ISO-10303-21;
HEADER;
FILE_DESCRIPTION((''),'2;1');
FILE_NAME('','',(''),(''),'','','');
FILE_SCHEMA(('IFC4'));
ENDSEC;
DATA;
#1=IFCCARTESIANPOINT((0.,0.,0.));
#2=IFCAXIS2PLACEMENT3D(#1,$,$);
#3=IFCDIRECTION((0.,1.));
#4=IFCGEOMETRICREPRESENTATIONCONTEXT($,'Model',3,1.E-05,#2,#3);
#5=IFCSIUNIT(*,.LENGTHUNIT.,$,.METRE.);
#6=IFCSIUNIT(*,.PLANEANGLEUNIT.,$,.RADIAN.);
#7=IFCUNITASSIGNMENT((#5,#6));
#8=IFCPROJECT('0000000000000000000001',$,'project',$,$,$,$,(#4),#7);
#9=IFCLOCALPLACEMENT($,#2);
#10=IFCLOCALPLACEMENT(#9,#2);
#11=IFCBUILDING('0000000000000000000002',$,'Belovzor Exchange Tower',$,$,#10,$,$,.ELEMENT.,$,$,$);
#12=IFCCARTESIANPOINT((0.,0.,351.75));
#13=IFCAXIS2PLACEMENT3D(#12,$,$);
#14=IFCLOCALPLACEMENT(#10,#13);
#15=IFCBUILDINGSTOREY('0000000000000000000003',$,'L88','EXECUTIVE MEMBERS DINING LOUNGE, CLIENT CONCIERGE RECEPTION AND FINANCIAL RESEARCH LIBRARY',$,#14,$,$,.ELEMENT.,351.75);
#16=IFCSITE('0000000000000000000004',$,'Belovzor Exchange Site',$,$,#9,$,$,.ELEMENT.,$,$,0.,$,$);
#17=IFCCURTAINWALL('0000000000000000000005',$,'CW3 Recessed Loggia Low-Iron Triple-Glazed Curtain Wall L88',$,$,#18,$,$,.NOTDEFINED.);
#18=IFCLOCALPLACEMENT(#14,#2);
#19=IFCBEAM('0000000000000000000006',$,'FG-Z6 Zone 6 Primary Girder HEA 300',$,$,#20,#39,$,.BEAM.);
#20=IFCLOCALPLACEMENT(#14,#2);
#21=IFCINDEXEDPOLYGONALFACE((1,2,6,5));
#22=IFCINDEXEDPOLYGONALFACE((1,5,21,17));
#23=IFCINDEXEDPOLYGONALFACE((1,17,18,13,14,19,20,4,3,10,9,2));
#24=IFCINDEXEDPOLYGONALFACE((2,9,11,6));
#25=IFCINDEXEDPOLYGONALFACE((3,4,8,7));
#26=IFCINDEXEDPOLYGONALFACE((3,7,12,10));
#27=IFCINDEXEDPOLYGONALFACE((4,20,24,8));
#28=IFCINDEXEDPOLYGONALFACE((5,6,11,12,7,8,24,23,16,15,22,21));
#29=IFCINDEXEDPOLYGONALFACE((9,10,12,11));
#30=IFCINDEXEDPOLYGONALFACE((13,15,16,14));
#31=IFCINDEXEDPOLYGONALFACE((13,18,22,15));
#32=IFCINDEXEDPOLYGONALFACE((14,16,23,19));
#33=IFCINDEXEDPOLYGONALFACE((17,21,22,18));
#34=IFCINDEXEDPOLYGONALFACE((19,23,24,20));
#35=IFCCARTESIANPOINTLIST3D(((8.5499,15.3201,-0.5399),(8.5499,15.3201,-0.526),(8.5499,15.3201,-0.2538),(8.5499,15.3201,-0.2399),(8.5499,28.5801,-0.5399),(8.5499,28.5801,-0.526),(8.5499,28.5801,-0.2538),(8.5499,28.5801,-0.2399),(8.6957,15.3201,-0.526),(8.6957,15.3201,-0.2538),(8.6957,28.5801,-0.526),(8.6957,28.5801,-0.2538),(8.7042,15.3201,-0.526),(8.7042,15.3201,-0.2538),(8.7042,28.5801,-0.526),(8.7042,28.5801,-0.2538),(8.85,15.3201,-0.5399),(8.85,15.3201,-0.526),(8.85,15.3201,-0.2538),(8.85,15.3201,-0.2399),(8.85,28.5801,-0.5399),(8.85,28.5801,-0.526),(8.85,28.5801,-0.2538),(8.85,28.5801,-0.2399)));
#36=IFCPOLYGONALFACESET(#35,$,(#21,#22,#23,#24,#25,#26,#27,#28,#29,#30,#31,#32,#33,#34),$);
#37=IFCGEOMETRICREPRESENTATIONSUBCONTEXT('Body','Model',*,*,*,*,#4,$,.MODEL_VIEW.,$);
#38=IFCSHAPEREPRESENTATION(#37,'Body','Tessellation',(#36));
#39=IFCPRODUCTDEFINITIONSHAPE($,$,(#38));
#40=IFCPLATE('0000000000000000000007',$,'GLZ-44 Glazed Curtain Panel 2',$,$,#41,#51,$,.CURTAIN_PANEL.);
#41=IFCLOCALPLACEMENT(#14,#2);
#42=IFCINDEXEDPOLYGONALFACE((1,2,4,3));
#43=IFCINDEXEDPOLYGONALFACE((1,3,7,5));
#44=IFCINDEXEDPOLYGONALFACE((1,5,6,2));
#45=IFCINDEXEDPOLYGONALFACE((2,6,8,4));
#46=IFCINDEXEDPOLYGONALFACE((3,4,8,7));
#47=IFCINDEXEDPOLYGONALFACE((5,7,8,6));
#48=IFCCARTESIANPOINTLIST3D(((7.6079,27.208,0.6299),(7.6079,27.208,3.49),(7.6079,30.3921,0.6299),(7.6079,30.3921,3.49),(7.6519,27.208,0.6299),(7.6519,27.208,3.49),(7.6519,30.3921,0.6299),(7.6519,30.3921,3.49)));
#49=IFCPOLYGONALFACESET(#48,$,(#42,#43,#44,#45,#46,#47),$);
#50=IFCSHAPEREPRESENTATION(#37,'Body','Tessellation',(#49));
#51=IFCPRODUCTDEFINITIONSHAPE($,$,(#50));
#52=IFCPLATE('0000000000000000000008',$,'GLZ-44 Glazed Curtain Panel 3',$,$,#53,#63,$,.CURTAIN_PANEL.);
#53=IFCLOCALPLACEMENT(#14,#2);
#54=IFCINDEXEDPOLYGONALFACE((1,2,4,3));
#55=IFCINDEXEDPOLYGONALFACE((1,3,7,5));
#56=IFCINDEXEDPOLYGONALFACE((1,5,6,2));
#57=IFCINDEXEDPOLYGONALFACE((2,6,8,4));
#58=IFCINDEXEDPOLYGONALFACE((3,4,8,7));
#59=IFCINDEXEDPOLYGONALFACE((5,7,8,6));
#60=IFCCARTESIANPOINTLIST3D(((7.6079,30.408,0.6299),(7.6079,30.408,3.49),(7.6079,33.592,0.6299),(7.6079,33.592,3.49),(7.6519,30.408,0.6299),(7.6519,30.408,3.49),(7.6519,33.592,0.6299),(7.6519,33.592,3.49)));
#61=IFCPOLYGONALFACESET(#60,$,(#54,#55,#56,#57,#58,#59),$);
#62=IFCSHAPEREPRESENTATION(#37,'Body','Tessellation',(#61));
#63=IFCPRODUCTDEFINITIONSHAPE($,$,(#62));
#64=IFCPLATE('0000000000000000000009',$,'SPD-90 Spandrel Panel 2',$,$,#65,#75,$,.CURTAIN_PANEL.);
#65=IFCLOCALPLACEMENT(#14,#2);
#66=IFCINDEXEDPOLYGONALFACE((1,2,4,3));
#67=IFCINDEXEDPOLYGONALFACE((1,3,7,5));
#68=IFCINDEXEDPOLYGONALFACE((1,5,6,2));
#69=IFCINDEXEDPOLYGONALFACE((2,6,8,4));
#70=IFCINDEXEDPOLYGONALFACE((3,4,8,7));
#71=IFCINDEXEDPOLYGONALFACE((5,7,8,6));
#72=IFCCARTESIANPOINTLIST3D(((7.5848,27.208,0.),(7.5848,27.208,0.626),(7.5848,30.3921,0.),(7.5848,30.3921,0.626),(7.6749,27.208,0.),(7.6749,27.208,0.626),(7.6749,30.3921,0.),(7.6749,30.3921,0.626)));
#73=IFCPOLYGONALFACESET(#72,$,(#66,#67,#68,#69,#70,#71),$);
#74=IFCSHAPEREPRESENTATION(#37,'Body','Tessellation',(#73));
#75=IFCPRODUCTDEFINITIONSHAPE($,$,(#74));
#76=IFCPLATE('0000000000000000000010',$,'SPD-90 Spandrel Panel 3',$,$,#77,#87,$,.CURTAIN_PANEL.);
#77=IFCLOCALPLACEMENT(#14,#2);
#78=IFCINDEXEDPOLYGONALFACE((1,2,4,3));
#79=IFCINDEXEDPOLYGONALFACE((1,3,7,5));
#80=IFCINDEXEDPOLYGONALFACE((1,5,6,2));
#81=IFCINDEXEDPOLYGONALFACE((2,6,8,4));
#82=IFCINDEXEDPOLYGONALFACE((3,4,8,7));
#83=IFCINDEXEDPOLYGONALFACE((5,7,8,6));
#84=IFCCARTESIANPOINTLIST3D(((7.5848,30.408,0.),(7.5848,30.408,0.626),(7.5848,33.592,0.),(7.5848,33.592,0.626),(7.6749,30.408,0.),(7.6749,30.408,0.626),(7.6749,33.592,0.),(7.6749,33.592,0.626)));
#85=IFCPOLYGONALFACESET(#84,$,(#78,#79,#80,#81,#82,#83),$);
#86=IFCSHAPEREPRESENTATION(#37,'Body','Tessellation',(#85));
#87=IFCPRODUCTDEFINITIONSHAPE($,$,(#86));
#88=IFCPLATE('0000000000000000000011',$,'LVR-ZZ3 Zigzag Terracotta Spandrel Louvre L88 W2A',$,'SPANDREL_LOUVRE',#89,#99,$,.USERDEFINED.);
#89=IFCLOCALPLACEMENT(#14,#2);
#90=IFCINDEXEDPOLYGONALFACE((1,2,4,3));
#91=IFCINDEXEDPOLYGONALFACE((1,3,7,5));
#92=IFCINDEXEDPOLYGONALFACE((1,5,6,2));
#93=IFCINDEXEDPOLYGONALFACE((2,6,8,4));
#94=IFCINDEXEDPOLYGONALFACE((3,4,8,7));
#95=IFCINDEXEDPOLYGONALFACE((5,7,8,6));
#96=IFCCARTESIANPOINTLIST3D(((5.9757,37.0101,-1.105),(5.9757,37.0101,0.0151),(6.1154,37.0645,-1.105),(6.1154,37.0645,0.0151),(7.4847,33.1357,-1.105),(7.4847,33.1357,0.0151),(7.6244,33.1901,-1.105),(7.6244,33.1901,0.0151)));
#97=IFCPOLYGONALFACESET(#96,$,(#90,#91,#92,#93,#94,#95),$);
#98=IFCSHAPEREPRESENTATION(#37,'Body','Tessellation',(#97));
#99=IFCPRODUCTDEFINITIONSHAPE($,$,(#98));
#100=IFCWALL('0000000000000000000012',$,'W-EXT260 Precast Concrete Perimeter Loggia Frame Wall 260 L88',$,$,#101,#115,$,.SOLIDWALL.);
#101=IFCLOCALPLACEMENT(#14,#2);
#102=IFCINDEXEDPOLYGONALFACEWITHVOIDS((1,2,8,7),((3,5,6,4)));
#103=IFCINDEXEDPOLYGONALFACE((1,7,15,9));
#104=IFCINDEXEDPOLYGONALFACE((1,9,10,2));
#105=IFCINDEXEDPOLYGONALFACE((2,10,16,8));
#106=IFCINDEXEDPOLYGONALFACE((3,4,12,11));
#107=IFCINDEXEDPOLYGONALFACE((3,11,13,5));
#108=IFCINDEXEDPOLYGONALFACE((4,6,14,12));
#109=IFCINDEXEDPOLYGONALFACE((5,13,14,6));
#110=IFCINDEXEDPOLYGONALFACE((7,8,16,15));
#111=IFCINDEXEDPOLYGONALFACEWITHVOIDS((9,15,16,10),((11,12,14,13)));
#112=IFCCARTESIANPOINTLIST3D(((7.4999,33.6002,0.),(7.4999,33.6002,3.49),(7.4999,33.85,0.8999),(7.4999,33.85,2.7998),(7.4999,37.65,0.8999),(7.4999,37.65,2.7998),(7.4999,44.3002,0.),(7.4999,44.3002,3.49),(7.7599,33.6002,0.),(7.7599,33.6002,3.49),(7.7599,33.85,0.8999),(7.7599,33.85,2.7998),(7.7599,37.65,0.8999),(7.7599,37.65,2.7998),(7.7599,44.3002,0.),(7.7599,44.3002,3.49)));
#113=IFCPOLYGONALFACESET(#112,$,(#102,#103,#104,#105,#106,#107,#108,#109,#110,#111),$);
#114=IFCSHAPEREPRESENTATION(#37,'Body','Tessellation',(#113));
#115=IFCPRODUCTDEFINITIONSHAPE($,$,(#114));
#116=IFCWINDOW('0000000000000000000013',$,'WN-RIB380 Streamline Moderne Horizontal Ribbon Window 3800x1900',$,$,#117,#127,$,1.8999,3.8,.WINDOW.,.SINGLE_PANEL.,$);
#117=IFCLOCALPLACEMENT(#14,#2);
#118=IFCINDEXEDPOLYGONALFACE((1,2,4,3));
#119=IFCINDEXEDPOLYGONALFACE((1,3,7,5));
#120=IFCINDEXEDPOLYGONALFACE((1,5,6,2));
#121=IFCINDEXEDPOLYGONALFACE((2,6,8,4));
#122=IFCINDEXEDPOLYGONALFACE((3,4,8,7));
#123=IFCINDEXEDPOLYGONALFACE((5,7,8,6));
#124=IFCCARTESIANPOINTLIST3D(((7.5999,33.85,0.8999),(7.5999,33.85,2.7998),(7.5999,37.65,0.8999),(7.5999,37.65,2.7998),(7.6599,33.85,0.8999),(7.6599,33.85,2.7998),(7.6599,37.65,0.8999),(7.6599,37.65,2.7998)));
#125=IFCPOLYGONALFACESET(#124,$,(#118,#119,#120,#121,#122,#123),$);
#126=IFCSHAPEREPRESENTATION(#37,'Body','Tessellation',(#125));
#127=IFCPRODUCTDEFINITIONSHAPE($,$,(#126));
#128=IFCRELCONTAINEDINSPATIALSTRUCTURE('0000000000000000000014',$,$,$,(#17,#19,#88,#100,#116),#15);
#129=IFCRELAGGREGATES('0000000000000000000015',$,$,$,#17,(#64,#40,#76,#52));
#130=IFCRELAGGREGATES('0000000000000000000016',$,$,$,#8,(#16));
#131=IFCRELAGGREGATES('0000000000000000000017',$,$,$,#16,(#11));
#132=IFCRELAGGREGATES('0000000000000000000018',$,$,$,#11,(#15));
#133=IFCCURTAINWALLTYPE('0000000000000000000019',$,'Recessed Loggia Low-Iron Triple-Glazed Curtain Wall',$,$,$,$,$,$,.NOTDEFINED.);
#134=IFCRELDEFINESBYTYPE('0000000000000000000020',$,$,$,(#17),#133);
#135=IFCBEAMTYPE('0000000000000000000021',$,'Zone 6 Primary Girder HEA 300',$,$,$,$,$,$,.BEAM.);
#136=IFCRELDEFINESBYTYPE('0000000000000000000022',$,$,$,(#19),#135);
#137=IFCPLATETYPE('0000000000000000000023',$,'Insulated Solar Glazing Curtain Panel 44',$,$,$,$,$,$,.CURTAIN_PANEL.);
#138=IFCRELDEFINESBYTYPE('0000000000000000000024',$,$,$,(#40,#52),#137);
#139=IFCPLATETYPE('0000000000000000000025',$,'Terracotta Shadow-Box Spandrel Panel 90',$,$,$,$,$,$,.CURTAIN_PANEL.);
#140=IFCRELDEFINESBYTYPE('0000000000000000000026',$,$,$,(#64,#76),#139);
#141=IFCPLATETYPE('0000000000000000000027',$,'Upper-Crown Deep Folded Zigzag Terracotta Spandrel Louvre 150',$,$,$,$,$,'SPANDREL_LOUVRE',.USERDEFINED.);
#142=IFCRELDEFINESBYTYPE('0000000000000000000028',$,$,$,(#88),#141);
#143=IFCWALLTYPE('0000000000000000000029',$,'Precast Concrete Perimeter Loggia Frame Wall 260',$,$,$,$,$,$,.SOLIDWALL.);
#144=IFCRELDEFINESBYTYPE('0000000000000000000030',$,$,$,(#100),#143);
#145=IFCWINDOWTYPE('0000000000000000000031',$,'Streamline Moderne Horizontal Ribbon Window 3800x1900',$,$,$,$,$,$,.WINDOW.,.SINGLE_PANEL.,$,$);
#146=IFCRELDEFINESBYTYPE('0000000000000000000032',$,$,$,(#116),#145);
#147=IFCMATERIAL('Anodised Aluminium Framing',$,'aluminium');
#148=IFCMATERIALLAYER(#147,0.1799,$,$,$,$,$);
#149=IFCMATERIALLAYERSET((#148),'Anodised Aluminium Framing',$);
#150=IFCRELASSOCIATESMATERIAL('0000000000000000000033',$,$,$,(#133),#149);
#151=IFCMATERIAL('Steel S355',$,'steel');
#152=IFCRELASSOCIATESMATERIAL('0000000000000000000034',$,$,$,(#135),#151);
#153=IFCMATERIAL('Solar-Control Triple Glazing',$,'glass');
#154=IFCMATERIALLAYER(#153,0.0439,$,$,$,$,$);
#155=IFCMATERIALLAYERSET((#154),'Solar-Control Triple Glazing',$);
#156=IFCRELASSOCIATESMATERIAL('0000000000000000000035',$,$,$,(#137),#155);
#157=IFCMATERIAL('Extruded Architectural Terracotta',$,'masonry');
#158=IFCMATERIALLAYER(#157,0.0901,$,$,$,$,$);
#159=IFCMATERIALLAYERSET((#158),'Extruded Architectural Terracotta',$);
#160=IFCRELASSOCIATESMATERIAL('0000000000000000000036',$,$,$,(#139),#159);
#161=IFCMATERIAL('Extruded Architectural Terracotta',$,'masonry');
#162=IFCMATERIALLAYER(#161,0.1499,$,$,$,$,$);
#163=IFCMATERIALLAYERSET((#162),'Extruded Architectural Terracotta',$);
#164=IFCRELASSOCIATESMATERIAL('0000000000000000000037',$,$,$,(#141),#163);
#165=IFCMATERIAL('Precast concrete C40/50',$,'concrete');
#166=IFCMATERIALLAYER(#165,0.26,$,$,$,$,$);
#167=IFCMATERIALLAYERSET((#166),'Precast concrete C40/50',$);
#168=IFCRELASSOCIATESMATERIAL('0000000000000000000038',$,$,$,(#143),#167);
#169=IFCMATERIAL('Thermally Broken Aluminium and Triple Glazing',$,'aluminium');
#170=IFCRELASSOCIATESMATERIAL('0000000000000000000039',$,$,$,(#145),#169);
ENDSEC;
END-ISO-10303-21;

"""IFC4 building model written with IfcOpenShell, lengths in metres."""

from ifc_helpers import new_model, si_unit, direction, frame, frame_2d, origin, origin_2d, place, context, subcontext, project, spatial, rectangle, i_section, extrude, material, layer, layer_set, material_profile, profile_set, type_object, element, fill, aggregate, save


model = new_model("IFC4")

# Units and contexts
model_context = context("Model", 3, precision=1e-05, world=origin(), true_north=direction((0.0, 1.0)))
body_context = subcontext(model_context, "Body", "Model", "MODEL_VIEW")
ifc_project = project(units=[si_unit("LENGTHUNIT", "METRE"), si_unit("PLANEANGLEUNIT", "RADIAN")], contexts=[model_context])

# Site, building, storey
site_placement = place(None, origin())
site = spatial("IfcSite", under=ifc_project, at=site_placement, Name="Belovzor Exchange Site", CompositionType="ELEMENT", RefElevation=0.0)
building_placement = place(site_placement, origin())
building = spatial("IfcBuilding", under=site, at=building_placement, Name="Belovzor Exchange Tower", CompositionType="ELEMENT")
storey_placement = place(building_placement, frame((0.0, 0.0, 351.75)))
storey = spatial("IfcBuildingStorey", under=building, at=storey_placement, Name="L88", Description="EXECUTIVE MEMBERS DINING LOUNGE, CLIENT CONCIERGE RECEPTION AND FINANCIAL RESEARCH LIBRARY", CompositionType="ELEMENT", Elevation=351.75)

# Curtain wall
ifc_material_1 = material(Name="Anodised Aluminium Framing", Category="aluminium")
ifc_layer_1 = layer(ifc_material_1, 0.1799)
ifc_layer_set_1 = layer_set([ifc_layer_1], Name="Anodised Aluminium Framing")
curtain_wall_type = type_object("IfcCurtainWallType", Name="Recessed Loggia Low-Iron Triple-Glazed Curtain Wall", PredefinedType="NOTDEFINED", material=ifc_layer_set_1)
curtain_wall_placement = place(storey_placement, origin())
curtain_wall = element("IfcCurtainWall", 1, at=curtain_wall_placement, inside=storey, type_object=curtain_wall_type, Name="CW3 Recessed Loggia Low-Iron Triple-Glazed Curtain Wall L88", PredefinedType="NOTDEFINED")

# Beam
ifc_material_2 = material(Name="Steel S355", Category="steel")
ifc_material_profile_1 = material_profile(ifc_material_2, i_section(OverallWidth=0.3, OverallDepth=0.3, WebThickness=0.0085, FlangeThickness=0.0139, at=origin_2d()))
ifc_profile_set_1 = profile_set([ifc_material_profile_1], Name="Steel S355")
beam_type_1 = type_object("IfcBeamType", Name="Zone 6 Primary Girder HEA 300", PredefinedType="BEAM", material=ifc_profile_set_1)
beam_1_placement = place(storey_placement, frame((8.7, 28.5801, -0.3899), z_axis=(0.0, -1.0, 0.0), x_axis=(1.0, 0.0, 0.0)))
element("IfcBeam", 2, at=beam_1_placement, inside=storey, type_object=beam_type_1, Name="FG-Z6 Zone 6 Primary Girder HEA 300", PredefinedType="BEAM", context=body_context, shape_type="SweptSolid", body=[
    extrude(i_section(OverallWidth=0.3, OverallDepth=0.3, WebThickness=0.0085, FlangeThickness=0.0139, at=origin_2d()), origin(), (0.0, 0.0, 1.0), 13.26),
])

# Plates
ifc_material_3 = material(Name="Solar-Control Triple Glazing", Category="glass")
ifc_layer_2 = layer(ifc_material_3, 0.0439)
ifc_layer_set_2 = layer_set([ifc_layer_2], Name="Solar-Control Triple Glazing")
plate_type_1 = type_object("IfcPlateType", Name="Insulated Solar Glazing Curtain Panel 44", PredefinedType="CURTAIN_PANEL", material=ifc_layer_set_2)
plate_1_placement = place(storey_placement, frame((7.6299, 28.8, 0.6299), z_axis=(0.0, 0.0, 1.0), x_axis=(0.0, 1.0, 0.0)))
plate_1 = element("IfcPlate", 3, at=plate_1_placement, type_object=plate_type_1, Name="GLZ-44 Glazed Curtain Panel 2", PredefinedType="CURTAIN_PANEL", context=body_context, shape_type="SweptSolid", body=[
    extrude(rectangle(XDim=3.1841, YDim=0.0439, at=origin_2d()), origin(), (0.0, 0.0, 1.0), 2.8601),
])
plate_2_placement = place(storey_placement, frame((7.6299, 32.0, 0.6299), z_axis=(0.0, 0.0, 1.0), x_axis=(0.0, 1.0, 0.0)))
plate_2 = element("IfcPlate", 4, at=plate_2_placement, type_object=plate_type_1, Name="GLZ-44 Glazed Curtain Panel 3", PredefinedType="CURTAIN_PANEL", context=body_context, shape_type="SweptSolid", body=[
    extrude(rectangle(XDim=3.1841, YDim=0.0439, at=origin_2d()), origin(), (0.0, 0.0, 1.0), 2.8601),
])
ifc_material_4 = material(Name="Extruded Architectural Terracotta", Category="masonry")
ifc_layer_3 = layer(ifc_material_4, 0.0901)
ifc_layer_set_3 = layer_set([ifc_layer_3], Name="Extruded Architectural Terracotta")
plate_type_2 = type_object("IfcPlateType", Name="Terracotta Shadow-Box Spandrel Panel 90", PredefinedType="CURTAIN_PANEL", material=ifc_layer_set_3)
plate_3_placement = place(storey_placement, frame((7.6299, 28.8, 0.0), z_axis=(0.0, 0.0, 1.0), x_axis=(0.0, 1.0, 0.0)))
plate_3 = element("IfcPlate", 5, at=plate_3_placement, type_object=plate_type_2, Name="SPD-90 Spandrel Panel 2", PredefinedType="CURTAIN_PANEL", context=body_context, shape_type="SweptSolid", body=[
    extrude(rectangle(XDim=3.1841, YDim=0.0901, at=origin_2d()), origin(), (0.0, 0.0, 1.0), 0.626),
])
plate_4_placement = place(storey_placement, frame((7.6299, 32.0, 0.0), z_axis=(0.0, 0.0, 1.0), x_axis=(0.0, 1.0, 0.0)))
plate_4 = element("IfcPlate", 6, at=plate_4_placement, type_object=plate_type_2, Name="SPD-90 Spandrel Panel 3", PredefinedType="CURTAIN_PANEL", context=body_context, shape_type="SweptSolid", body=[
    extrude(rectangle(XDim=3.1841, YDim=0.0901, at=origin_2d()), origin(), (0.0, 0.0, 1.0), 0.626),
])
aggregate(curtain_wall, [plate_3, plate_1, plate_4, plate_2])
ifc_material_5 = material(Name="Extruded Architectural Terracotta", Category="masonry")
ifc_layer_4 = layer(ifc_material_5, 0.1499)
ifc_layer_set_4 = layer_set([ifc_layer_4], Name="Extruded Architectural Terracotta")
plate_type_3 = type_object("IfcPlateType", Name="Upper-Crown Deep Folded Zigzag Terracotta Spandrel Louvre 150", ElementType="SPANDREL_LOUVRE", PredefinedType="USERDEFINED", material=ifc_layer_set_4)
plate_5_placement = place(storey_placement, frame((6.8, 35.1001, -1.105), z_axis=(0.0, 0.0, 1.0), x_axis=(-0.362926, 0.931818, 0.0)))
element("IfcPlate", 7, at=plate_5_placement, inside=storey, type_object=plate_type_3, Name="LVR-ZZ3 Zigzag Terracotta Spandrel Louvre L88 W2A", ObjectType="SPANDREL_LOUVRE", PredefinedType="USERDEFINED", context=body_context, shape_type="SweptSolid", body=[
    extrude(rectangle(XDim=4.158, YDim=0.1499, at=origin_2d()), origin(), (0.0, 0.0, 1.0), 1.1201),
])

# Wall, opening, window
ifc_material_6 = material(Name="Precast concrete C40/50", Category="concrete")
ifc_layer_5 = layer(ifc_material_6, 0.26)
ifc_layer_set_5 = layer_set([ifc_layer_5], Name="Precast concrete C40/50")
wall_type = type_object("IfcWallType", Name="Precast Concrete Perimeter Loggia Frame Wall 260", PredefinedType="SOLIDWALL", material=ifc_layer_set_5)
wall_placement = place(storey_placement, frame((7.6299, 33.6001, 0.0), z_axis=(0.0, 0.0, 1.0), x_axis=(0.0, 1.0, 0.0)))
wall = element("IfcWall", 8, at=wall_placement, inside=storey, type_object=wall_type, Name="W-EXT260 Precast Concrete Perimeter Loggia Frame Wall 260 L88", PredefinedType="SOLIDWALL", context=body_context, shape_type="SweptSolid", body=[
    extrude(rectangle(XDim=10.7, YDim=0.26, at=frame_2d((5.3501, 0.0))), origin(), (0.0, 0.0, 1.0), 3.49),
])
opening_placement = place(wall_placement, frame((0.25, 0.0, 0.8999)))
opening = element("IfcOpeningElement", 9, at=opening_placement, cuts=wall, PredefinedType="OPENING", context=body_context, shape_type="SweptSolid", body=[
    extrude(rectangle(XDim=3.8, YDim=1.8999, at=frame_2d((1.8999, 0.95))), frame((0.0, 0.1399, 0.0), z_axis=(0.0, -1.0, 0.0), x_axis=(1.0, 0.0, 0.0)), (0.0, 0.0, 1.0), 0.28),
])
ifc_material_7 = material(Name="Thermally Broken Aluminium and Triple Glazing", Category="aluminium")
window_type = type_object("IfcWindowType", Name="Streamline Moderne Horizontal Ribbon Window 3800x1900", PartitioningType="SINGLE_PANEL", PredefinedType="WINDOW", material=ifc_material_7)
window_placement = place(opening_placement, origin())
window = element("IfcWindow", 10, at=window_placement, inside=storey, type_object=window_type, Name="WN-RIB380 Streamline Moderne Horizontal Ribbon Window 3800x1900", OverallHeight=1.8999, OverallWidth=3.8, PartitioningType="SINGLE_PANEL", PredefinedType="WINDOW", context=body_context, shape_type="SweptSolid", body=[
    extrude(rectangle(XDim=3.8, YDim=1.8999, at=frame_2d((1.8999, 0.95))), frame((0.0, 0.03, 0.0), z_axis=(0.0, -1.0, 0.0), x_axis=(1.0, 0.0, 0.0)), (0.0, 0.0, 1.0), 0.0601),
])
fill(opening, window)

save(model, "model.ifc")
